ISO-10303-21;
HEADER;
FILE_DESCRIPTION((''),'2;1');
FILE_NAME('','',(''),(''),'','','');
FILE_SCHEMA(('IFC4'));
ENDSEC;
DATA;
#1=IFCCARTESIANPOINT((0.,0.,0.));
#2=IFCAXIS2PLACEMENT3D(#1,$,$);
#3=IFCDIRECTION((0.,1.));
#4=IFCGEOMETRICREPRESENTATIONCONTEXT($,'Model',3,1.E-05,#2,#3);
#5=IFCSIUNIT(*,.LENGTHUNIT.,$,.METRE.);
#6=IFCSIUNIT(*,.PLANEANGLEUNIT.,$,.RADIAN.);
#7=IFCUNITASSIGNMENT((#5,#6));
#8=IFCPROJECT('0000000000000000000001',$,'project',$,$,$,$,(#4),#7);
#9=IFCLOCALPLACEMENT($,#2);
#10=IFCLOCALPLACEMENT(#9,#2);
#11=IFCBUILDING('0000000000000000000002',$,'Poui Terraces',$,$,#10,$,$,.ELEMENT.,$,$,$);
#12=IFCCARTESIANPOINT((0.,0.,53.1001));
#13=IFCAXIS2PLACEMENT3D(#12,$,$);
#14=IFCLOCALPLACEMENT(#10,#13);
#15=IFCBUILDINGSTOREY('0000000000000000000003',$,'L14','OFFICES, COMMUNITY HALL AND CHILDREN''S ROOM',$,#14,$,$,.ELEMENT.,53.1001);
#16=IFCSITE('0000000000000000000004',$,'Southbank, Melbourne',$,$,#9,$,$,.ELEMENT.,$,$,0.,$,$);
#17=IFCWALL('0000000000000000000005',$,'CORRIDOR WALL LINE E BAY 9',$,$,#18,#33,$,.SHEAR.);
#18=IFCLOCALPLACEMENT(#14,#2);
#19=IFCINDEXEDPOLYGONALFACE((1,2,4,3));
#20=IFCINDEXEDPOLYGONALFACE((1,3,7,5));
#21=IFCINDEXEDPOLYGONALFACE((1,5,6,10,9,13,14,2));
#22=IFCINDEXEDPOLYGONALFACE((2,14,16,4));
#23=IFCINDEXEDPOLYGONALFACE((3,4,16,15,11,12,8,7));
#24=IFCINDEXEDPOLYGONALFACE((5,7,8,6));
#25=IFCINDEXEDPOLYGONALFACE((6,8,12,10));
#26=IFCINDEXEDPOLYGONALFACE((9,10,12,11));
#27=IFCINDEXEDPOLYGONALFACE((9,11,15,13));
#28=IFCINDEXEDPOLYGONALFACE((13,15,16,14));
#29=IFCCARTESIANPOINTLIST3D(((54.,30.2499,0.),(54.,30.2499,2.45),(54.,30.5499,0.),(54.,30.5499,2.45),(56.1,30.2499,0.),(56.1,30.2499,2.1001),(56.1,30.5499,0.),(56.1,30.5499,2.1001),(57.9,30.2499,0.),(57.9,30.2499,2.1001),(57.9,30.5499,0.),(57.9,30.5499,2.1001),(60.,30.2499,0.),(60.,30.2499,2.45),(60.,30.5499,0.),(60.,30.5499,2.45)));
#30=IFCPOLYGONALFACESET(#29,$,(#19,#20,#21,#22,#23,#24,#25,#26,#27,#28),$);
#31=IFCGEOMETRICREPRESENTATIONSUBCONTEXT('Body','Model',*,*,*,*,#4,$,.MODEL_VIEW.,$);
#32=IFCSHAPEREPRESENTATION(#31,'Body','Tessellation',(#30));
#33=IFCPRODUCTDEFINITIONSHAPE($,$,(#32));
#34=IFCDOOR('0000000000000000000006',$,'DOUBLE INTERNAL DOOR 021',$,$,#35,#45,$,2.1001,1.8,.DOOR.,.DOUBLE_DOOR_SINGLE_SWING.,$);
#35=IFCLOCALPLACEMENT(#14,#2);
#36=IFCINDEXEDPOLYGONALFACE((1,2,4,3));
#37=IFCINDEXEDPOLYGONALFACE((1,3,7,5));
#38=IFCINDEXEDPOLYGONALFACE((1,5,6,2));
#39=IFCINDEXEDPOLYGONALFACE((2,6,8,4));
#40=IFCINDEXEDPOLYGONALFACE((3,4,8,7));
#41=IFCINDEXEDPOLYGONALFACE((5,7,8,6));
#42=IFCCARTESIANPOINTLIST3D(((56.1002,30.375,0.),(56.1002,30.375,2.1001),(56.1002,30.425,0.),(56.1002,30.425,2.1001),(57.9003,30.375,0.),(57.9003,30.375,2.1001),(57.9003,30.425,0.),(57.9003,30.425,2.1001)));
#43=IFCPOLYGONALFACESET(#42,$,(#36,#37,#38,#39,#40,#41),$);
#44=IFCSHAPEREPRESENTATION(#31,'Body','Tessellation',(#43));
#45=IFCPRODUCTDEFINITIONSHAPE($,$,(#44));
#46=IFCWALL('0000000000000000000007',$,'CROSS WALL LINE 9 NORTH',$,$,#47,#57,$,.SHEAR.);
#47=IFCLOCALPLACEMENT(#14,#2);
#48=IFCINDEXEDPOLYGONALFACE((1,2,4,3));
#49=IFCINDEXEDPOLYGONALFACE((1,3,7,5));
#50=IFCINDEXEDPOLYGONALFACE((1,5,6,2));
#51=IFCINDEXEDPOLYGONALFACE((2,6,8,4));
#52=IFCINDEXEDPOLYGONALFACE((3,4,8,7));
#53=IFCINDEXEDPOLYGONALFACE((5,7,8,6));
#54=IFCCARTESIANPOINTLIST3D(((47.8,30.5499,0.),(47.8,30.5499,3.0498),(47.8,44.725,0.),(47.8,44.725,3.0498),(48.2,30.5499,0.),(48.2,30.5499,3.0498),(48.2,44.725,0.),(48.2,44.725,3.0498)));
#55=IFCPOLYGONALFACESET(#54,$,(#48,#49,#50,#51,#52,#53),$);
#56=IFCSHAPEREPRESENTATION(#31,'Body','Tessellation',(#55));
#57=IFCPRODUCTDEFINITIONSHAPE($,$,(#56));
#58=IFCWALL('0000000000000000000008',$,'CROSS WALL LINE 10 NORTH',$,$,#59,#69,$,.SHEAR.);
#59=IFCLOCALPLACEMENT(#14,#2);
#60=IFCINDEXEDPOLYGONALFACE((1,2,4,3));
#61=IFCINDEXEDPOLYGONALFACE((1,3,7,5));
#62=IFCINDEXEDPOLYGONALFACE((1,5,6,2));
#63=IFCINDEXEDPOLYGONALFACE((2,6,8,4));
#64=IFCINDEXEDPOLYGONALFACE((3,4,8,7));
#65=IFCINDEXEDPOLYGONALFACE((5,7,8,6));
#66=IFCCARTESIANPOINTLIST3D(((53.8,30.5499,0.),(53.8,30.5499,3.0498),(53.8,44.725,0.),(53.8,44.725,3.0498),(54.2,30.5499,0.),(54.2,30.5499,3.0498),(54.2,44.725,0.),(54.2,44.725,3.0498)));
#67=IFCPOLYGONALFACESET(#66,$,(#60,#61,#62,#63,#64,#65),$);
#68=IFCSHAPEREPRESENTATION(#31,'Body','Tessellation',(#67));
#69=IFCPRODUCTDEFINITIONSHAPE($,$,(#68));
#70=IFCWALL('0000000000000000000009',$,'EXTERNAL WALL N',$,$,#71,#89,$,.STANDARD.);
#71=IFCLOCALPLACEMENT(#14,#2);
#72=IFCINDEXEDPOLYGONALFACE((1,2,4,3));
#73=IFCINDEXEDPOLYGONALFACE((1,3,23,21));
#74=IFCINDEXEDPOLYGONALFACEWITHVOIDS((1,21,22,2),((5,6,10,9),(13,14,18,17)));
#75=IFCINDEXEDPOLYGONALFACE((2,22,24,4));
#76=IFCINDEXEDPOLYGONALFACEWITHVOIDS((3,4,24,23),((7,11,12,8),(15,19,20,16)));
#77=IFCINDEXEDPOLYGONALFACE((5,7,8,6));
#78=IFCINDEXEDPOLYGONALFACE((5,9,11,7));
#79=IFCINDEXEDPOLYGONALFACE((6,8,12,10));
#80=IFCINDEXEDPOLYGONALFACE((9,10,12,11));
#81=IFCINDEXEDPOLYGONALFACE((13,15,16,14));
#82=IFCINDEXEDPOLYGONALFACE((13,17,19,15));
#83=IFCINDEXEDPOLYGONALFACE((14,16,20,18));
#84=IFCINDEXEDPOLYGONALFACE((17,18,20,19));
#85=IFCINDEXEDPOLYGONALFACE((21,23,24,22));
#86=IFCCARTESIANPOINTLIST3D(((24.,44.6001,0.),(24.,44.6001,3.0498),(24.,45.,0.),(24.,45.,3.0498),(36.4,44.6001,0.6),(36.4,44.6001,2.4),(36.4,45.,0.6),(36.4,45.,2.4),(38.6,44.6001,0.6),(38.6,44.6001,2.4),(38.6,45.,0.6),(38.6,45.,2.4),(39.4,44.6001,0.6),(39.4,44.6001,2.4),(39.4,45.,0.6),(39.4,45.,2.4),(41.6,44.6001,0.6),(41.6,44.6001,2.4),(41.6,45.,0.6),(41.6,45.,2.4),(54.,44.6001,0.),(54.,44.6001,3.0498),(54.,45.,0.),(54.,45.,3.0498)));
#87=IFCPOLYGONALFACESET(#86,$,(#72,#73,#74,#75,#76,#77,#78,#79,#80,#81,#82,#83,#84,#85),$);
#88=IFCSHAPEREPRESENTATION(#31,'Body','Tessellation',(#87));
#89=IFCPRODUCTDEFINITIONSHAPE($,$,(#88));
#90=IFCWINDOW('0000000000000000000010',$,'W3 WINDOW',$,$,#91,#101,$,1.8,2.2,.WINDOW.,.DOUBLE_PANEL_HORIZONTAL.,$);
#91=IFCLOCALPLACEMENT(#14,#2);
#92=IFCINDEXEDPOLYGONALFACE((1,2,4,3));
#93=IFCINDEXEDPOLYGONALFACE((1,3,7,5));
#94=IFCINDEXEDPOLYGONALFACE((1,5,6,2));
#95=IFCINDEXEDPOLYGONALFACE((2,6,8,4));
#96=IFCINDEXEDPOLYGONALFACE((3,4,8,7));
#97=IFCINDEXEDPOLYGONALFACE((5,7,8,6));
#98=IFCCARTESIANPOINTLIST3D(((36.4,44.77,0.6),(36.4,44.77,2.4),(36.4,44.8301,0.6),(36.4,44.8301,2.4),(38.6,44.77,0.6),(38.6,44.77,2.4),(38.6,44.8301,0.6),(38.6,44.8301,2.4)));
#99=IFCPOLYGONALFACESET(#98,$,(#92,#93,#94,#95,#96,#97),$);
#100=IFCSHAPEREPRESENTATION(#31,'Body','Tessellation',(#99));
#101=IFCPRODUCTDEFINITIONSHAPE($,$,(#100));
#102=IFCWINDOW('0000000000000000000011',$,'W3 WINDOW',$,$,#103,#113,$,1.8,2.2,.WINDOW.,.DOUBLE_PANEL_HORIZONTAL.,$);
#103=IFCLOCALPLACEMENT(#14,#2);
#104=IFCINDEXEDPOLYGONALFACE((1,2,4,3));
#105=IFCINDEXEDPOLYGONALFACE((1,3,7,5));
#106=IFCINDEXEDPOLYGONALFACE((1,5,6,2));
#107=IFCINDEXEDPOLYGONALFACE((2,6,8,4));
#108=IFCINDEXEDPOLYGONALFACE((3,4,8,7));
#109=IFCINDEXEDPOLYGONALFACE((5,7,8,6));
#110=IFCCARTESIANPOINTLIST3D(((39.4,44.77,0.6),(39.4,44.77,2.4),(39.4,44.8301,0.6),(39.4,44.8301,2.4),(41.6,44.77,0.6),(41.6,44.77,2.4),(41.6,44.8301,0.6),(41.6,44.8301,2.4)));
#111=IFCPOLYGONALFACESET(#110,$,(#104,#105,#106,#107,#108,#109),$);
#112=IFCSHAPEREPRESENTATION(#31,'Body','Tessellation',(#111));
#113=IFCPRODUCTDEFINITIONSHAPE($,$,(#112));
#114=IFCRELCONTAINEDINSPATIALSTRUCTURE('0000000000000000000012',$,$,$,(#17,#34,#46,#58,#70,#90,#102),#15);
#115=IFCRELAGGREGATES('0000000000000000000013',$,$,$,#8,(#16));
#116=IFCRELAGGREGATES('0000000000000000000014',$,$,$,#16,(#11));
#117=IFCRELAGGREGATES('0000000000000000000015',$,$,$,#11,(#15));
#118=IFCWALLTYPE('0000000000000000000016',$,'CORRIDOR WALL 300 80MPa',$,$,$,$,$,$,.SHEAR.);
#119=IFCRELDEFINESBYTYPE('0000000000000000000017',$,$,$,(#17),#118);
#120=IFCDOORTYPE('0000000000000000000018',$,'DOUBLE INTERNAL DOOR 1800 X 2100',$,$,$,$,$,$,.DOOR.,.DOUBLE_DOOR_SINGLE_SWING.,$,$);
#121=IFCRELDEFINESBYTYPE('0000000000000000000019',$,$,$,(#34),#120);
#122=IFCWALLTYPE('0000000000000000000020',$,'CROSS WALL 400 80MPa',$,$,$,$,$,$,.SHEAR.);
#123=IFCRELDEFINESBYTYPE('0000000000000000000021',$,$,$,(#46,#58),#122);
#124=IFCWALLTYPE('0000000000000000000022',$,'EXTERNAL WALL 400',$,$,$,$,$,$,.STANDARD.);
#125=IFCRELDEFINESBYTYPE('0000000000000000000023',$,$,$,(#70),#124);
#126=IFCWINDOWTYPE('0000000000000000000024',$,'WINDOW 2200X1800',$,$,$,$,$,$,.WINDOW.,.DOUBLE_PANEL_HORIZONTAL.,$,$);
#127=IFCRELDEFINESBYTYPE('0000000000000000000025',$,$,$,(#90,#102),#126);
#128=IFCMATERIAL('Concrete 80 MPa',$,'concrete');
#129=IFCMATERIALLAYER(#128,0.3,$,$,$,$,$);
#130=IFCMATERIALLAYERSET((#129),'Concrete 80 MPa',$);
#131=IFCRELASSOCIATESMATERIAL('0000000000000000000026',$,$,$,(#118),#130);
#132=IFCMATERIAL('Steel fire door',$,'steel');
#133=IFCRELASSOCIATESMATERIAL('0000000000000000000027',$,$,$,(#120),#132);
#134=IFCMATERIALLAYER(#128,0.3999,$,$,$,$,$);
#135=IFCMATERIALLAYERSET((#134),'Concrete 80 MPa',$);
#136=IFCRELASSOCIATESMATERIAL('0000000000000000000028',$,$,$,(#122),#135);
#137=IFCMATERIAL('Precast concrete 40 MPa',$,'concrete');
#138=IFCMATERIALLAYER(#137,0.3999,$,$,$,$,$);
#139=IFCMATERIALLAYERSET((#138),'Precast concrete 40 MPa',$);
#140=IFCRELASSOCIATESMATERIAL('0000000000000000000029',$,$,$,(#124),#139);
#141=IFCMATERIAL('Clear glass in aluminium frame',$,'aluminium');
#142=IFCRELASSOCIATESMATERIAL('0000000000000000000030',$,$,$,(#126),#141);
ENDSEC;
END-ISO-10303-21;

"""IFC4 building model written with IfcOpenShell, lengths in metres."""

from ifc_helpers import new_model, si_unit, direction, frame, frame_2d, origin, place, context, subcontext, project, spatial, rectangle, extrude, material, layer, layer_set, type_object, element, fill, save


model = new_model("IFC4")

# Units and contexts
model_context = context("Model", 3, precision=1e-05, world=origin(), true_north=direction((0.0, 1.0)))
body_context = subcontext(model_context, "Body", "Model", "MODEL_VIEW")
ifc_project = project(units=[si_unit("LENGTHUNIT", "METRE"), si_unit("PLANEANGLEUNIT", "RADIAN")], contexts=[model_context])

# Site, building, storey
site_placement = place(None, origin())
site = spatial("IfcSite", under=ifc_project, at=site_placement, Name="Southbank, Melbourne", CompositionType="ELEMENT", RefElevation=0.0)
building_placement = place(site_placement, origin())
building = spatial("IfcBuilding", under=site, at=building_placement, Name="Poui Terraces", CompositionType="ELEMENT")
storey_placement = place(building_placement, frame((0.0, 0.0, 53.1001)))
storey = spatial("IfcBuildingStorey", under=building, at=storey_placement, Name="L14", Description="OFFICES, COMMUNITY HALL AND CHILDREN'S ROOM", CompositionType="ELEMENT", Elevation=53.1001)

# Shared definitions
ifc_material_1 = material(Name="Concrete 80 MPa", Category="concrete")

# Wall, opening, door
ifc_layer_1 = layer(ifc_material_1, 0.3)
ifc_layer_set_1 = layer_set([ifc_layer_1], Name="Concrete 80 MPa")
wall_type_1 = type_object("IfcWallType", Name="CORRIDOR WALL 300 80MPa", PredefinedType="SHEAR", material=ifc_layer_set_1)
wall_1_placement = place(storey_placement, frame((54.0, 30.3999, 0.0), z_axis=(0.0, 0.0, 1.0), x_axis=(1.0, 0.0, 0.0)))
wall_1 = element("IfcWall", 1, at=wall_1_placement, inside=storey, type_object=wall_type_1, Name="CORRIDOR WALL LINE E BAY 9", PredefinedType="SHEAR", context=body_context, shape_type="SweptSolid", body=[
    extrude(rectangle(XDim=6.0, YDim=0.3, at=frame_2d((3.0, 0.0))), origin(), (0.0, 0.0, 1.0), 2.45),
])
opening_1_placement = place(wall_1_placement, frame((2.1001, 0.0, 0.0)))
opening_1 = element("IfcOpeningElement", 2, at=opening_1_placement, cuts=wall_1, PredefinedType="OPENING", context=body_context, shape_type="SweptSolid", body=[
    extrude(rectangle(XDim=1.8, YDim=2.1001, at=frame_2d((0.8999, 1.05))), frame((0.0, 0.1602, 0.0), z_axis=(0.0, -1.0, 0.0), x_axis=(1.0, 0.0, 0.0)), (0.0, 0.0, 1.0), 0.3201),
])
ifc_material_2 = material(Name="Steel fire door", Category="steel")
door_type = type_object("IfcDoorType", Name="DOUBLE INTERNAL DOOR 1800 X 2100", OperationType="DOUBLE_DOOR_SINGLE_SWING", PredefinedType="DOOR", material=ifc_material_2)
door_placement = place(opening_1_placement, frame((1.8, 0.0, 0.0), z_axis=(0.0, 0.0, 1.0), x_axis=(-1.0, 0.0, 0.0)))
door = element("IfcDoor", 3, at=door_placement, inside=storey, type_object=door_type, Name="DOUBLE INTERNAL DOOR 021", OperationType="DOUBLE_DOOR_SINGLE_SWING", OverallHeight=2.1001, OverallWidth=1.8, PredefinedType="DOOR", context=body_context, shape_type="SweptSolid", body=[
    extrude(rectangle(XDim=1.8, YDim=2.1001, at=frame_2d((0.8999, 1.05))), frame((0.0, 0.0249, 0.0), z_axis=(0.0, -1.0, 0.0), x_axis=(1.0, 0.0, 0.0)), (0.0, 0.0, 1.0), 0.05),
])
fill(opening_1, door)

# Walls
ifc_layer_2 = layer(ifc_material_1, 0.3999)
ifc_layer_set_2 = layer_set([ifc_layer_2], Name="Concrete 80 MPa")
wall_type_2 = type_object("IfcWallType", Name="CROSS WALL 400 80MPa", PredefinedType="SHEAR", material=ifc_layer_set_2)
for number, where, z_axis, x_axis, name in (
    (4, (48.0, 30.55, 0.0), (0.0, 0.0, 1.0), (0.0, 1.0, 0.0), "CROSS WALL LINE 9 NORTH"),
    (5, (54.0, 30.55, 0.0), (0.0, 0.0, 1.0), (0.0, 1.0, 0.0), "CROSS WALL LINE 10 NORTH"),
):
    element("IfcWall", number, at=place(storey_placement, frame(where, z_axis=z_axis, x_axis=x_axis)), inside=storey, type_object=wall_type_2, Name=name, PredefinedType="SHEAR", context=body_context, shape_type="SweptSolid", body=[
        extrude(rectangle(XDim=14.175, YDim=0.3999, at=frame_2d((7.0874, 0.0))), origin(), (0.0, 0.0, 1.0), 3.0498),
    ])

# Wall, openings, windows
ifc_material_3 = material(Name="Precast concrete 40 MPa", Category="concrete")
ifc_layer_3 = layer(ifc_material_3, 0.3999)
ifc_layer_set_3 = layer_set([ifc_layer_3], Name="Precast concrete 40 MPa")
wall_type_3 = type_object("IfcWallType", Name="EXTERNAL WALL 400", PredefinedType="STANDARD", material=ifc_layer_set_3)
wall_2_placement = place(storey_placement, frame((54.0, 44.8, 0.0), z_axis=(0.0, 0.0, 1.0), x_axis=(-1.0, 0.0, 0.0)))
wall_2 = element("IfcWall", 6, at=wall_2_placement, inside=storey, type_object=wall_type_3, Name="EXTERNAL WALL N", PredefinedType="STANDARD", context=body_context, shape_type="SweptSolid", body=[
    extrude(rectangle(XDim=30.0, YDim=0.3999, at=frame_2d((15.0, 0.0))), origin(), (0.0, 0.0, 1.0), 3.0498),
])
opening_2_placement = place(wall_2_placement, frame((15.3999, 0.0, 0.6001)))
opening_2 = element("IfcOpeningElement", 7, at=opening_2_placement, cuts=wall_2, PredefinedType="OPENING", context=body_context, shape_type="SweptSolid", body=[
    extrude(rectangle(XDim=2.2, YDim=1.8, at=frame_2d((1.1001, 0.8999))), frame((0.0, 0.21, 0.0), z_axis=(0.0, -1.0, 0.0), x_axis=(1.0, 0.0, 0.0)), (0.0, 0.0, 1.0), 0.4199),
])
opening_3_placement = place(wall_2_placement, frame((12.3999, 0.0, 0.6001)))
opening_3 = element("IfcOpeningElement", 8, at=opening_3_placement, cuts=wall_2, PredefinedType="OPENING", context=body_context, shape_type="SweptSolid", body=[
    extrude(rectangle(XDim=2.2, YDim=1.8, at=frame_2d((1.1001, 0.8999))), frame((0.0, 0.21, 0.0), z_axis=(0.0, -1.0, 0.0), x_axis=(1.0, 0.0, 0.0)), (0.0, 0.0, 1.0), 0.4199),
])
ifc_material_4 = material(Name="Clear glass in aluminium frame", Category="aluminium")
window_type = type_object("IfcWindowType", Name="WINDOW 2200X1800", PartitioningType="DOUBLE_PANEL_HORIZONTAL", PredefinedType="WINDOW", material=ifc_material_4)
window_1_placement = place(opening_2_placement, origin())
window_1 = element("IfcWindow", 9, at=window_1_placement, inside=storey, type_object=window_type, Name="W3 WINDOW", OverallHeight=1.8, OverallWidth=2.2, PartitioningType="DOUBLE_PANEL_HORIZONTAL", PredefinedType="WINDOW", context=body_context, shape_type="SweptSolid", body=[
    extrude(rectangle(XDim=2.2, YDim=1.8, at=frame_2d((1.1001, 0.8999))), frame((0.0, 0.03, 0.0), z_axis=(0.0, -1.0, 0.0), x_axis=(1.0, 0.0, 0.0)), (0.0, 0.0, 1.0), 0.0601),
])
fill(opening_2, window_1)
window_2_placement = place(opening_3_placement, origin())
window_2 = element("IfcWindow", 10, at=window_2_placement, inside=storey, type_object=window_type, Name="W3 WINDOW", OverallHeight=1.8, OverallWidth=2.2, PartitioningType="DOUBLE_PANEL_HORIZONTAL", PredefinedType="WINDOW", context=body_context, shape_type="SweptSolid", body=[
    extrude(rectangle(XDim=2.2, YDim=1.8, at=frame_2d((1.1001, 0.8999))), frame((0.0, 0.03, 0.0), z_axis=(0.0, -1.0, 0.0), x_axis=(1.0, 0.0, 0.0)), (0.0, 0.0, 1.0), 0.0601),
])
fill(opening_3, window_2)

save(model, "model.ifc")
